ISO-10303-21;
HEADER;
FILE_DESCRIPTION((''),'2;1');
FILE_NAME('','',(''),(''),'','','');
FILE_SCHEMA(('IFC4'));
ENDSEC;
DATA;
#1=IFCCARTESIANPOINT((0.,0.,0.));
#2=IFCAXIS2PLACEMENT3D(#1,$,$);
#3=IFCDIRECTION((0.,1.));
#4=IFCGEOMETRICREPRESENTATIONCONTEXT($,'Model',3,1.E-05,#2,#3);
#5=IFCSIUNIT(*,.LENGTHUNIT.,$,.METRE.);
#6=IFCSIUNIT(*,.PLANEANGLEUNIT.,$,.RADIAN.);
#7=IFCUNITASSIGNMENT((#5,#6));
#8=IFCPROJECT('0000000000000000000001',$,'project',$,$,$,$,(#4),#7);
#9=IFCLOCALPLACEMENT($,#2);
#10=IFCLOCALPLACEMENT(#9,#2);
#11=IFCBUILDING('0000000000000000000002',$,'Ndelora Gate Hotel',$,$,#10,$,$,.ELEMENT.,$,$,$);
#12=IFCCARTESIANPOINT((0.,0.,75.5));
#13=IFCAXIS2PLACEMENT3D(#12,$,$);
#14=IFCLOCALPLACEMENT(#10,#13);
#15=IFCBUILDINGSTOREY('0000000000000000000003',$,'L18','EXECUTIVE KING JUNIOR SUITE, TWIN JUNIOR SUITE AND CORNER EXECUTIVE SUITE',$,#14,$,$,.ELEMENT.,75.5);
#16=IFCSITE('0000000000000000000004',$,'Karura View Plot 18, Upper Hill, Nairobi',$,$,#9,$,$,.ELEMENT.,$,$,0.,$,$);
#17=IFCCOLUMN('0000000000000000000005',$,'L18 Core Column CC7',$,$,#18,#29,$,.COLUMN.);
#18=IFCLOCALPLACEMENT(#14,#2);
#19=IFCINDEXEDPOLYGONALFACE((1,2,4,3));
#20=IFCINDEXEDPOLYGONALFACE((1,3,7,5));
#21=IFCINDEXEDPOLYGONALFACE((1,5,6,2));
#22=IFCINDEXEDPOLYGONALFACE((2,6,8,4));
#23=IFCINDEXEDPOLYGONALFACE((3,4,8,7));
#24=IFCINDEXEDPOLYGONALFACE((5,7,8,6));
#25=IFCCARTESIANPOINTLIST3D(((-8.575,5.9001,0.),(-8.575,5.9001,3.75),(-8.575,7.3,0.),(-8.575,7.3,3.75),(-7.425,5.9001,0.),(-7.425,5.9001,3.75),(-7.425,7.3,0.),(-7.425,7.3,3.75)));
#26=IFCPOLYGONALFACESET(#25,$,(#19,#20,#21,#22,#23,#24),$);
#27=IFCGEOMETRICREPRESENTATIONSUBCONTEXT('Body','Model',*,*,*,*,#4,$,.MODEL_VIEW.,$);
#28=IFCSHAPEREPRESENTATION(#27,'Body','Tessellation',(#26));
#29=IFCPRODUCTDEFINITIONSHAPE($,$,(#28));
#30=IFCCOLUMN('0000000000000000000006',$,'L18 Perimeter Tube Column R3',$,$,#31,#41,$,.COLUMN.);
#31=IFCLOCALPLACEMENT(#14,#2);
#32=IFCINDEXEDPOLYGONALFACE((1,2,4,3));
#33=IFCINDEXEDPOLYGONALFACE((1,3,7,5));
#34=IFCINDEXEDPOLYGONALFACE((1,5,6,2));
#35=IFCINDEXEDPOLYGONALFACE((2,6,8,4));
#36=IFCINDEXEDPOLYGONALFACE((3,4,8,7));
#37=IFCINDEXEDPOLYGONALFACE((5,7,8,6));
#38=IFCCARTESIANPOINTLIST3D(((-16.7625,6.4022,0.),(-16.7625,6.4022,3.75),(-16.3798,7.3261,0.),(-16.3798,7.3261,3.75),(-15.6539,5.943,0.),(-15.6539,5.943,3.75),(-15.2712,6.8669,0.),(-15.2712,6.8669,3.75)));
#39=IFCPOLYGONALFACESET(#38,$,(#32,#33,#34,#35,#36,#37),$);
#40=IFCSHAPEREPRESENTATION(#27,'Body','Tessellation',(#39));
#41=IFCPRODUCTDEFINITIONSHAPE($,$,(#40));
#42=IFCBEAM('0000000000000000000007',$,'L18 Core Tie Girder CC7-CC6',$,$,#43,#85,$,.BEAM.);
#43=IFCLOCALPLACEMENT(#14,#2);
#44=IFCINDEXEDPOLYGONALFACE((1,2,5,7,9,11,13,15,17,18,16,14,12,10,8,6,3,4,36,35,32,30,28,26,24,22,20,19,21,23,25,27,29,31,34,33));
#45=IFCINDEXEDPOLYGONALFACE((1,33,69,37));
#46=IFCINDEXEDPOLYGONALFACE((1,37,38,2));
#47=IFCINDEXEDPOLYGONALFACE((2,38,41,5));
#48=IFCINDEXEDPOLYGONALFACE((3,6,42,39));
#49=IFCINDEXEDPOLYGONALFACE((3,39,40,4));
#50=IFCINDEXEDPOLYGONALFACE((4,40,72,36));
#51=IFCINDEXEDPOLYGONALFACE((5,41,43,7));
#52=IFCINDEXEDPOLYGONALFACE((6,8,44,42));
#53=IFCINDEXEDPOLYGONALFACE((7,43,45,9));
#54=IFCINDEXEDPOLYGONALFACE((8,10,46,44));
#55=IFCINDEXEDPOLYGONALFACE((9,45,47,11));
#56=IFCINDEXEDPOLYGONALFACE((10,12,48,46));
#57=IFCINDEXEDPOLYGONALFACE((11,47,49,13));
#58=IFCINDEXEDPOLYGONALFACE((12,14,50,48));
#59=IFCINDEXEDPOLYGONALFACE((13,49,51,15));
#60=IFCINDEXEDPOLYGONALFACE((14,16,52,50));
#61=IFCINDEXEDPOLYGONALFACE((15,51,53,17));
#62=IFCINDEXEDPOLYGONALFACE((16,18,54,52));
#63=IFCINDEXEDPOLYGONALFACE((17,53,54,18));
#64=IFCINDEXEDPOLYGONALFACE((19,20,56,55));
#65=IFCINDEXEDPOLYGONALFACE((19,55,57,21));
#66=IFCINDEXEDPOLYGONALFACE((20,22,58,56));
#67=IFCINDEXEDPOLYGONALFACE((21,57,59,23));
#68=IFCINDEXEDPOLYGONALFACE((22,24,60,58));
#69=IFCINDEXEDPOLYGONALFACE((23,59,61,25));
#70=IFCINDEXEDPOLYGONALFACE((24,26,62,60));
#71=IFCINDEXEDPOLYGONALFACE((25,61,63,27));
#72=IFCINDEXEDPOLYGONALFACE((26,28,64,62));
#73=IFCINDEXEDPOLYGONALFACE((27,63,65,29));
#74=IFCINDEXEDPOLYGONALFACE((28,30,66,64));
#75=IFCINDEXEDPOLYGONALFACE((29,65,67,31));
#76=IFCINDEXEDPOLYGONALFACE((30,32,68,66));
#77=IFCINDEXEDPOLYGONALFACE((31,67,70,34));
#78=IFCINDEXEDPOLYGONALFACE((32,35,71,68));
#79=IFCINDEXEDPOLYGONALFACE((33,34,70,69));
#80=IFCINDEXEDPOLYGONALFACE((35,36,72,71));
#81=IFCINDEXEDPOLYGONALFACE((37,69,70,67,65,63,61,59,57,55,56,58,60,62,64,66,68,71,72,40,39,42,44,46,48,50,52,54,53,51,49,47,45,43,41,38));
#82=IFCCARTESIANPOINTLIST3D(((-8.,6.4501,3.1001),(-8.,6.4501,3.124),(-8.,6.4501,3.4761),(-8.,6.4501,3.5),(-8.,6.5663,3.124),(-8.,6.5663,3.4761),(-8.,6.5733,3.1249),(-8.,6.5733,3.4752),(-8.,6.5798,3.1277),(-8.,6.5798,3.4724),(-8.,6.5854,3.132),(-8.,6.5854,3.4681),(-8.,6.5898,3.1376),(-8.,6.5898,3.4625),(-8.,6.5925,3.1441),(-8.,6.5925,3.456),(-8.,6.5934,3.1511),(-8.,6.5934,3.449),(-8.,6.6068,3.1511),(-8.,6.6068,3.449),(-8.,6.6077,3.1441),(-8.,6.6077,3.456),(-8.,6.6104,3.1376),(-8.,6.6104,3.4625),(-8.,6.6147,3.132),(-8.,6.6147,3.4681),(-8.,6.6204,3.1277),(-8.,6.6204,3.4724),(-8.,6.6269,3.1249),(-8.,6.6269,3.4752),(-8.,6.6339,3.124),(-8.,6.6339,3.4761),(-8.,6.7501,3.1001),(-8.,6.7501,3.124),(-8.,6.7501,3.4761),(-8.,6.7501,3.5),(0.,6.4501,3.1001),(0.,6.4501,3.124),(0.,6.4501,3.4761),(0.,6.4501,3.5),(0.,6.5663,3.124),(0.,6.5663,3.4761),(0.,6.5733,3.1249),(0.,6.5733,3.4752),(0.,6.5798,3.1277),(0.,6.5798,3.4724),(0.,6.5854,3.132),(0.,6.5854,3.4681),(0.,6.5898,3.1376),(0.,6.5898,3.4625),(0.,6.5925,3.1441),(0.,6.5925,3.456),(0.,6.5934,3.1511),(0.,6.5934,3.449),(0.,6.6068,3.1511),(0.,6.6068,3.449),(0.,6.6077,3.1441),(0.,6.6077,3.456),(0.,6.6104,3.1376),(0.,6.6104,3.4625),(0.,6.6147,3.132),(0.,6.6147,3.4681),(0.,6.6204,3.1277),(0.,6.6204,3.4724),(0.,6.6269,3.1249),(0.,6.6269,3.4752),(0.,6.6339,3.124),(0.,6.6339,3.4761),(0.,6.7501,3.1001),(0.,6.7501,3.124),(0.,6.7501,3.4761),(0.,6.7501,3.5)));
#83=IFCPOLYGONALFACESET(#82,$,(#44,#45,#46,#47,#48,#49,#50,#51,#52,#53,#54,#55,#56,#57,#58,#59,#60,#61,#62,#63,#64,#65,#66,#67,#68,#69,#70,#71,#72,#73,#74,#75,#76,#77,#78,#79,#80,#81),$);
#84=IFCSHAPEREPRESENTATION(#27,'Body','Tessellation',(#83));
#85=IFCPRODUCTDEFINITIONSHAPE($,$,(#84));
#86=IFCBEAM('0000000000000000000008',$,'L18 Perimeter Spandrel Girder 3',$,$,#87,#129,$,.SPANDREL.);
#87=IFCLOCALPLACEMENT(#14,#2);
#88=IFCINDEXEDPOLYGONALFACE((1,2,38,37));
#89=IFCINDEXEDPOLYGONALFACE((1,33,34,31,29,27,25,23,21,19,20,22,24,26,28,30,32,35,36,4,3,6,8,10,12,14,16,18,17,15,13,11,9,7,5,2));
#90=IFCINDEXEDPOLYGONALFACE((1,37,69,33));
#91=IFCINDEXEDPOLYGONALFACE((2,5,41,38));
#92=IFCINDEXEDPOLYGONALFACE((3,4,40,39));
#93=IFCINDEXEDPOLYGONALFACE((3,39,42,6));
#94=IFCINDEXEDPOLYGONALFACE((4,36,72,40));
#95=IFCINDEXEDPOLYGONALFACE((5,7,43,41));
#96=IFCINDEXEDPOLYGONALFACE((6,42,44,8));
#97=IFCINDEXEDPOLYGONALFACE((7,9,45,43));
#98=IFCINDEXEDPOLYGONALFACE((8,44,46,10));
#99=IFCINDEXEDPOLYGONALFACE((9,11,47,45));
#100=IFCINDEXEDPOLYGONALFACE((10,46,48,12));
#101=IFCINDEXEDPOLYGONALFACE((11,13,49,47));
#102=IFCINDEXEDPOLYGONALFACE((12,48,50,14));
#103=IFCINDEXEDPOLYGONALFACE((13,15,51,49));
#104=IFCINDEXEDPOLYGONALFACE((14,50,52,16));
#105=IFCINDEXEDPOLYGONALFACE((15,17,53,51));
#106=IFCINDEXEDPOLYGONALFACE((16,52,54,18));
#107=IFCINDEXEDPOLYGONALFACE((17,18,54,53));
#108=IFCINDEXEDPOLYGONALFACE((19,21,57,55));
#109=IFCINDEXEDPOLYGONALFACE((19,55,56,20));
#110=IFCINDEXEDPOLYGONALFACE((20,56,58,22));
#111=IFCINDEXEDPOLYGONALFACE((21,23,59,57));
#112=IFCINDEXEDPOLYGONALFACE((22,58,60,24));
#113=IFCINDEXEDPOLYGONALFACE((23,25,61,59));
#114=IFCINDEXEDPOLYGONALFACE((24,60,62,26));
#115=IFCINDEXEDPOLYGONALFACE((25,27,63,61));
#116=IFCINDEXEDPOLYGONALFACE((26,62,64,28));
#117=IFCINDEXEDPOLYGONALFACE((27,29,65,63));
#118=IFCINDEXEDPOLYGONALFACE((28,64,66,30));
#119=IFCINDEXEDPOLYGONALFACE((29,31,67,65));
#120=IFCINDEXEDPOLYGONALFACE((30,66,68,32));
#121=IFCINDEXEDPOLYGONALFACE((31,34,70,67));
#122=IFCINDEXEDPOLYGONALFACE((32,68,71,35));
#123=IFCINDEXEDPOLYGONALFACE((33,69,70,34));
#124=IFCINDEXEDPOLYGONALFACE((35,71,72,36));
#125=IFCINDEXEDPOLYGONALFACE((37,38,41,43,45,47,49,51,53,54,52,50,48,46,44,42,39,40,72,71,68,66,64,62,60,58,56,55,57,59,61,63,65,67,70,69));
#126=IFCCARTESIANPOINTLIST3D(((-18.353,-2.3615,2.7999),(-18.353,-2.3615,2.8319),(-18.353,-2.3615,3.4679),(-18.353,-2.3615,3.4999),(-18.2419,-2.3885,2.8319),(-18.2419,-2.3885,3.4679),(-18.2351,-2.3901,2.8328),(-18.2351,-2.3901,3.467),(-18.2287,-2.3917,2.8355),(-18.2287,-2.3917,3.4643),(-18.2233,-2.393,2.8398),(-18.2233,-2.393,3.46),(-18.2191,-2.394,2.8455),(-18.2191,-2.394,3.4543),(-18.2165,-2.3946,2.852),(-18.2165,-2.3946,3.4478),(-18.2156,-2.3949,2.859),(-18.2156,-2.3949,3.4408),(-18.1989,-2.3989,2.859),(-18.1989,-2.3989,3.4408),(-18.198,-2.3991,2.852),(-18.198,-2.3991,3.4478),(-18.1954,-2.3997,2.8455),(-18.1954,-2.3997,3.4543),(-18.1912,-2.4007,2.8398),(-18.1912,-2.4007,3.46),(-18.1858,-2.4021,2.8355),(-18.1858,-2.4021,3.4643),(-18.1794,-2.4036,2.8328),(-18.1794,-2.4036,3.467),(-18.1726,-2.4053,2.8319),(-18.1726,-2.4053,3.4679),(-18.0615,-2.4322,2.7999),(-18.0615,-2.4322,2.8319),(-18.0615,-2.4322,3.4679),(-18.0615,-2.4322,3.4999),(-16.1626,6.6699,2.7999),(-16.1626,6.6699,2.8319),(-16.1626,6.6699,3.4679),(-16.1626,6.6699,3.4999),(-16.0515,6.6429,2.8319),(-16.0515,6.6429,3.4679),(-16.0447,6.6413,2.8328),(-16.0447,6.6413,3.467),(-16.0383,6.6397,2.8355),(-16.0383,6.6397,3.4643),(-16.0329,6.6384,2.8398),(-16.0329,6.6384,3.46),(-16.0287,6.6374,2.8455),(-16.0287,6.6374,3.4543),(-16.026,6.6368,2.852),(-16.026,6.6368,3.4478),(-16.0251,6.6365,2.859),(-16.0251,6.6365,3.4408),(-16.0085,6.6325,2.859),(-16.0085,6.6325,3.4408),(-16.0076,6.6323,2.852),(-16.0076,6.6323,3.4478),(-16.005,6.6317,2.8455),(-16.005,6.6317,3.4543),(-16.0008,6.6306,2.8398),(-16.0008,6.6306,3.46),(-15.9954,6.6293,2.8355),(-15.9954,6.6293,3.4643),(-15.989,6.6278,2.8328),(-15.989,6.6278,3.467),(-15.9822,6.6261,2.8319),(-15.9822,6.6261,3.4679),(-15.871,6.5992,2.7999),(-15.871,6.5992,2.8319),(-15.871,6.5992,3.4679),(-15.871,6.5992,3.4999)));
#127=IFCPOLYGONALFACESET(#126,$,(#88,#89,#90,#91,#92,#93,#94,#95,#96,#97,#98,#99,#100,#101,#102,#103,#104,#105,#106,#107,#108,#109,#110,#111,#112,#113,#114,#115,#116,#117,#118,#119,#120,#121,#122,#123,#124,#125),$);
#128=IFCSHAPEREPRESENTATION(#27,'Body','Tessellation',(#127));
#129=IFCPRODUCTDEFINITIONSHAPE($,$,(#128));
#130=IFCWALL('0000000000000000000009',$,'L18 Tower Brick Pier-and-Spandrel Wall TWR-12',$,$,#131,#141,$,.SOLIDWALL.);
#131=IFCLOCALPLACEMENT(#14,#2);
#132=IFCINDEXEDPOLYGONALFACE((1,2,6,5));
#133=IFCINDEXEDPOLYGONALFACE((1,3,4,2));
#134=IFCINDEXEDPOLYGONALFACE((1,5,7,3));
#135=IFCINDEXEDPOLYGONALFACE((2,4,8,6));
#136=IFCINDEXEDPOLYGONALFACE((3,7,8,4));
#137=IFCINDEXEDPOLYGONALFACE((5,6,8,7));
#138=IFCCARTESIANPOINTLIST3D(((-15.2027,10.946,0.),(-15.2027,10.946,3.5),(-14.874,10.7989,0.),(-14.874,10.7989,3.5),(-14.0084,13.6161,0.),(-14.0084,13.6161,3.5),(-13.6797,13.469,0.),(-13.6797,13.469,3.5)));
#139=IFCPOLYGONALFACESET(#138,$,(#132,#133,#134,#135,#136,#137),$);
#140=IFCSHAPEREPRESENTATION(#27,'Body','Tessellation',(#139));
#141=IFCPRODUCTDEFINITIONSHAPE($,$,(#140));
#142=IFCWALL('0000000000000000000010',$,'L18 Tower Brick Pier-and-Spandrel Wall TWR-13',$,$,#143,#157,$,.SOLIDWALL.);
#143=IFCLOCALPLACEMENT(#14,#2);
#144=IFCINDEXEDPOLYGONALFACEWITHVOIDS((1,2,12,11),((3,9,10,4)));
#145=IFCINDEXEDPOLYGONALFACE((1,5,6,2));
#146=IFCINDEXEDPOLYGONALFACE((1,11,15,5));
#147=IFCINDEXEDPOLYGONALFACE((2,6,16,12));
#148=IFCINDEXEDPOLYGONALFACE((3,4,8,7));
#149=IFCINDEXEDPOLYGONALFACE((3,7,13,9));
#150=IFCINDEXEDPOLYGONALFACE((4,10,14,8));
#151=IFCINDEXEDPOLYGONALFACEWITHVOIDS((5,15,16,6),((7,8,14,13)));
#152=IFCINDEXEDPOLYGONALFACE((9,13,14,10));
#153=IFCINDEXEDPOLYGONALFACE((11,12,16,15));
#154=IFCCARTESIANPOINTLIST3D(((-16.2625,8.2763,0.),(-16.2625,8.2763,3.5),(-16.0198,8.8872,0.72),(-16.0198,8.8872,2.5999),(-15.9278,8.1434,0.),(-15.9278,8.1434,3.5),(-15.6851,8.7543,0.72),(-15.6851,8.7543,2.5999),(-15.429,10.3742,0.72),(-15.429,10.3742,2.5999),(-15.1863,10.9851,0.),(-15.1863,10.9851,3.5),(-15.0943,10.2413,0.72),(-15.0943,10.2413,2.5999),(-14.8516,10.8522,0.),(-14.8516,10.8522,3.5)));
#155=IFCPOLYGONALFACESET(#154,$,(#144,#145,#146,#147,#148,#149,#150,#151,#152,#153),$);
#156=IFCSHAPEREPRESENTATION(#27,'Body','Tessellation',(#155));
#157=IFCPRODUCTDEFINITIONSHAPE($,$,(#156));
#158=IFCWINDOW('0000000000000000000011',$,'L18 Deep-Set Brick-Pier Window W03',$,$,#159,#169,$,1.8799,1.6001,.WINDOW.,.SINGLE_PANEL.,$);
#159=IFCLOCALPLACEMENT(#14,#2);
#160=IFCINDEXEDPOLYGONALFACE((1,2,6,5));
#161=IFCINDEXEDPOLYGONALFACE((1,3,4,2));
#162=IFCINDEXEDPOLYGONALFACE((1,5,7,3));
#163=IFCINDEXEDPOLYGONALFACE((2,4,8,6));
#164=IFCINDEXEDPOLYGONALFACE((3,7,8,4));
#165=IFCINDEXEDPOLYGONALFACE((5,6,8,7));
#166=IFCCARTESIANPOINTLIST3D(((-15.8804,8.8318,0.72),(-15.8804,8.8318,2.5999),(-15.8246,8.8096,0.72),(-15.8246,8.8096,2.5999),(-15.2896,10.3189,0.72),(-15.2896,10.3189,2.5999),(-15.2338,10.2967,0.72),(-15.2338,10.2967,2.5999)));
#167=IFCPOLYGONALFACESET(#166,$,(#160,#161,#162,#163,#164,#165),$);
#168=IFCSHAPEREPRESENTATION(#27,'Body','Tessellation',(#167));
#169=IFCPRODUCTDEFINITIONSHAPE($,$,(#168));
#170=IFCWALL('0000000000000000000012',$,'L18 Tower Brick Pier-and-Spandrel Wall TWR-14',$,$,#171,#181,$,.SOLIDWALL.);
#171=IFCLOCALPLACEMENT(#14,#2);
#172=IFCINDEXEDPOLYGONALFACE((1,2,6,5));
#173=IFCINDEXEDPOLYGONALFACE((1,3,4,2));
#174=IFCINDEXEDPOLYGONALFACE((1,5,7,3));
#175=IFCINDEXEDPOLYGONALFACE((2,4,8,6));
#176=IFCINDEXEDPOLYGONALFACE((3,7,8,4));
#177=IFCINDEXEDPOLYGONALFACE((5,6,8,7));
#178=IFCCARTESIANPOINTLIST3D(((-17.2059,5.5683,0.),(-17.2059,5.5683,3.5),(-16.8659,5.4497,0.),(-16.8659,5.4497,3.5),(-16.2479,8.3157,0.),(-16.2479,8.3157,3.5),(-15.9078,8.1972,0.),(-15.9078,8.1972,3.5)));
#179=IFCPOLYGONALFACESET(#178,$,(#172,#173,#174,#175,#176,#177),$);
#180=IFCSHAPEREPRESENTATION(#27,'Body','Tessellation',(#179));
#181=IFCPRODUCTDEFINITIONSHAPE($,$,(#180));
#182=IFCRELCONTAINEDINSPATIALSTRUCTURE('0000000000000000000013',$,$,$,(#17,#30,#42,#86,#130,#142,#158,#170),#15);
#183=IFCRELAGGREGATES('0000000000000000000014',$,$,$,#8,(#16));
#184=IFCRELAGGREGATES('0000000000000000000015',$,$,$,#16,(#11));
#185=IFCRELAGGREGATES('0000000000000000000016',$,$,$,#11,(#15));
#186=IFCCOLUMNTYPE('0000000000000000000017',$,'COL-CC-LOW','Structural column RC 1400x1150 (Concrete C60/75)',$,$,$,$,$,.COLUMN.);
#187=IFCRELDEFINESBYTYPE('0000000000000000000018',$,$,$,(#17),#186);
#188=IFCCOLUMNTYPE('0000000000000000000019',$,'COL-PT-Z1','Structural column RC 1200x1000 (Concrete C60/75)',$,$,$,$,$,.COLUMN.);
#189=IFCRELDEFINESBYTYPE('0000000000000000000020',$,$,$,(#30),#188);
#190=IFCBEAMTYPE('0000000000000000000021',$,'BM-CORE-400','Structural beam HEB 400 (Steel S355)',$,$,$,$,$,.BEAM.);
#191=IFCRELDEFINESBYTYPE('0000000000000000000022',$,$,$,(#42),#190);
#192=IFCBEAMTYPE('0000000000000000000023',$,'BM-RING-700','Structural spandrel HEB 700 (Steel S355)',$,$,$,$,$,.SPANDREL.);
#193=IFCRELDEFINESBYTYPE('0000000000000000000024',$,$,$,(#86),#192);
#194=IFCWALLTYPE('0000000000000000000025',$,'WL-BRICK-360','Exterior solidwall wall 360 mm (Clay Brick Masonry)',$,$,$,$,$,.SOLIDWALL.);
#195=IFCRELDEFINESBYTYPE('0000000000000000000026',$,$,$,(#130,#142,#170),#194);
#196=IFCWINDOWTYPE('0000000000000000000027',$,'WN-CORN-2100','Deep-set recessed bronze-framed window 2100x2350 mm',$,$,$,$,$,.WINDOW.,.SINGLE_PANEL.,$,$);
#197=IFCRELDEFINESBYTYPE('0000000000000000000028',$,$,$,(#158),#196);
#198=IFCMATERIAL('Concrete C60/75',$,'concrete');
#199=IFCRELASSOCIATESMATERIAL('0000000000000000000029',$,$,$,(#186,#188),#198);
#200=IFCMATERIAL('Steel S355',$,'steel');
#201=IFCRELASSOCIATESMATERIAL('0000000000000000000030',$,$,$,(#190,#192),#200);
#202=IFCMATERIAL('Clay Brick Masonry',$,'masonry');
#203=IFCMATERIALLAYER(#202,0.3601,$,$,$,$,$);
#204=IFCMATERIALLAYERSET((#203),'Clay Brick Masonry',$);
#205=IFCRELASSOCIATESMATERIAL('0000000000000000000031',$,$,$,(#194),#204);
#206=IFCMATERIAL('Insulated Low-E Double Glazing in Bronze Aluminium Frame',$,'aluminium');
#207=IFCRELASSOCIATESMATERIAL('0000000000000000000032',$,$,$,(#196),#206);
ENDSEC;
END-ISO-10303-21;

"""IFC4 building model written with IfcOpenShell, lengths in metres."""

from ifc_helpers import new_model, si_unit, direction, frame, frame_2d, origin, origin_2d, place, context, subcontext, project, spatial, rectangle, i_section, extrude, material, layer, layer_set, material_profile, profile_set, type_object, element, fill, save


model = new_model("IFC4")

# Units and contexts
model_context = context("Model", 3, precision=1e-05, world=origin(), true_north=direction((0.0, 1.0)))
body_context = subcontext(model_context, "Body", "Model", "MODEL_VIEW")
ifc_project = project(units=[si_unit("LENGTHUNIT", "METRE"), si_unit("PLANEANGLEUNIT", "RADIAN")], contexts=[model_context])

# Site, building, storey
site_placement = place(None, origin())
site = spatial("IfcSite", under=ifc_project, at=site_placement, Name="Karura View Plot 18, Upper Hill, Nairobi", CompositionType="ELEMENT", RefElevation=0.0)
building_placement = place(site_placement, origin())
building = spatial("IfcBuilding", under=site, at=building_placement, Name="Ndelora Gate Hotel", CompositionType="ELEMENT")
storey_placement = place(building_placement, frame((0.0, 0.0, 75.5)))
storey = spatial("IfcBuildingStorey", under=building, at=storey_placement, Name="L18", Description="EXECUTIVE KING JUNIOR SUITE, TWIN JUNIOR SUITE AND CORNER EXECUTIVE SUITE", CompositionType="ELEMENT", Elevation=75.5)

# Columns
ifc_material_1 = material(Name="Concrete C60/75", Category="concrete")
ifc_material_profile_1 = material_profile(ifc_material_1, rectangle(XDim=1.1499, YDim=1.3999, at=origin_2d()), Name="RC 1400x1150")
ifc_profile_set_1 = profile_set([ifc_material_profile_1], Name="Concrete C60/75")
column_type_1 = type_object("IfcColumnType", Name="COL-CC-LOW", Description="Structural column RC 1400x1150 (Concrete C60/75)", PredefinedType="COLUMN", material=ifc_profile_set_1)
column_1_placement = place(storey_placement, frame((-8.0, 6.6001, 0.0), z_axis=(0.0, 0.0, 1.0), x_axis=(1.0, 0.0, 0.0)))
element("IfcColumn", 1, at=column_1_placement, inside=storey, type_object=column_type_1, Name="L18 Core Column CC7", PredefinedType="COLUMN", context=body_context, shape_type="SweptSolid", body=[
    extrude(rectangle(XDim=1.1499, YDim=1.3999, at=origin_2d()), origin(), (0.0, 0.0, 1.0), 3.75),
])
ifc_material_profile_2 = material_profile(ifc_material_1, rectangle(XDim=1.0, YDim=1.2, at=origin_2d()), Name="RC 1200x1000")
ifc_profile_set_2 = profile_set([ifc_material_profile_2], Name="Concrete C60/75")
column_type_2 = type_object("IfcColumnType", Name="COL-PT-Z1", Description="Structural column RC 1200x1000 (Concrete C60/75)", PredefinedType="COLUMN", material=ifc_profile_set_2)
column_2_placement = place(storey_placement, frame((-16.0168, 6.6345, 0.0), z_axis=(0.0, 0.0, 1.0), x_axis=(0.382683, 0.92388, 0.0)))
element("IfcColumn", 2, at=column_2_placement, inside=storey, type_object=column_type_2, Name="L18 Perimeter Tube Column R3", PredefinedType="COLUMN", context=body_context, shape_type="SweptSolid", body=[
    extrude(rectangle(XDim=1.0, YDim=1.2, at=origin_2d()), origin(), (0.0, 0.0, 1.0), 3.75),
])

# Beams
ifc_material_2 = material(Name="Steel S355", Category="steel")
ifc_material_profile_3 = material_profile(ifc_material_2, i_section(OverallWidth=0.3, OverallDepth=0.3999, WebThickness=0.0134, FlangeThickness=0.0239, FilletRadius=0.0271, at=origin_2d()), Name="HEB 400")
ifc_profile_set_3 = profile_set([ifc_material_profile_3], Name="Steel S355")
beam_type_1 = type_object("IfcBeamType", Name="BM-CORE-400", Description="Structural beam HEB 400 (Steel S355)", PredefinedType="BEAM", material=ifc_profile_set_3)
beam_1_placement = place(storey_placement, frame((-8.0, 6.6001, 3.3), z_axis=(1.0, 0.0, 0.0), x_axis=(0.0, 1.0, 0.0)))
element("IfcBeam", 3, at=beam_1_placement, inside=storey, type_object=beam_type_1, Name="L18 Core Tie Girder CC7-CC6", PredefinedType="BEAM", context=body_context, shape_type="SweptSolid", body=[
    extrude(i_section(OverallWidth=0.3, OverallDepth=0.3999, WebThickness=0.0134, FlangeThickness=0.0239, FilletRadius=0.0271, at=origin_2d()), origin(), (0.0, 0.0, 1.0), 8.0),
])
ifc_material_profile_4 = material_profile(ifc_material_2, i_section(OverallWidth=0.3, OverallDepth=0.7, WebThickness=0.0171, FlangeThickness=0.032, FilletRadius=0.0271, at=origin_2d()), Name="HEB 700")
ifc_profile_set_4 = profile_set([ifc_material_profile_4], Name="Steel S355")
beam_type_2 = type_object("IfcBeamType", Name="BM-RING-700", Description="Structural spandrel HEB 700 (Steel S355)", PredefinedType="SPANDREL", material=ifc_profile_set_4)
beam_2_placement = place(storey_placement, frame((-16.0168, 6.6345, 3.1499), z_axis=(-0.235699, -0.971826, 0.0), x_axis=(0.971826, -0.235699, 0.0)))
element("IfcBeam", 4, at=beam_2_placement, inside=storey, type_object=beam_type_2, Name="L18 Perimeter Spandrel Girder 3", PredefinedType="SPANDREL", context=body_context, shape_type="SweptSolid", body=[
    extrude(i_section(OverallWidth=0.3, OverallDepth=0.7, WebThickness=0.0171, FlangeThickness=0.032, FilletRadius=0.0271, at=origin_2d()), origin(), (0.0, 0.0, 1.0), 9.2932),
])

# Wall
ifc_material_3 = material(Name="Clay Brick Masonry", Category="masonry")
ifc_layer_1 = layer(ifc_material_3, 0.3601)
ifc_layer_set_1 = layer_set([ifc_layer_1], Name="Clay Brick Masonry")
wall_type_1 = type_object("IfcWallType", Name="WL-BRICK-360", Description="Exterior solidwall wall 360 mm (Clay Brick Masonry)", PredefinedType="SOLIDWALL", material=ifc_layer_set_1)
wall_1_placement = place(storey_placement, frame((-15.0383, 10.8726, 0.0), z_axis=(0.0, 0.0, 1.0), x_axis=(0.408306, 0.912845, 0.0)))
element("IfcWall", 5, at=wall_1_placement, inside=storey, type_object=wall_type_1, Name="L18 Tower Brick Pier-and-Spandrel Wall TWR-12", PredefinedType="SOLIDWALL", context=body_context, shape_type="SweptSolid", body=[
    extrude(rectangle(XDim=2.925, YDim=0.3601, at=frame_2d((1.4624, 0.0))), origin(), (0.0, 0.0, 1.0), 3.5),
])

# Wall, opening, window
wall_2_placement = place(storey_placement, frame((-16.0952, 8.2097, 0.0), z_axis=(0.0, 0.0, 1.0), x_axis=(0.369223, 0.929341, 0.0)))
wall_2 = element("IfcWall", 6, at=wall_2_placement, inside=storey, type_object=wall_type_1, Name="L18 Tower Brick Pier-and-Spandrel Wall TWR-13", PredefinedType="SOLIDWALL", context=body_context, shape_type="SweptSolid", body=[
    extrude(rectangle(XDim=2.9148, YDim=0.3601, at=frame_2d((1.4575, 0.0))), origin(), (0.0, 0.0, 1.0), 3.5),
])
opening_1_placement = place(wall_2_placement, frame((0.6575, 0.0, 0.72)))
opening_1 = element("IfcOpeningElement", 7, at=opening_1_placement, cuts=wall_2, PredefinedType="OPENING", context=body_context, shape_type="SweptSolid", body=[
    extrude(rectangle(XDim=1.6001, YDim=1.8799, at=frame_2d((0.8, 0.9399))), frame((0.0, 0.1899, 0.0), z_axis=(0.0, -1.0, 0.0), x_axis=(1.0, 0.0, 0.0)), (0.0, 0.0, 1.0), 0.3801),
])
ifc_material_4 = material(Name="Insulated Low-E Double Glazing in Bronze Aluminium Frame", Category="aluminium")
window_type = type_object("IfcWindowType", Name="WN-CORN-2100", Description="Deep-set recessed bronze-framed window 2100x2350 mm", PartitioningType="SINGLE_PANEL", PredefinedType="WINDOW", material=ifc_material_4)
window_placement = place(opening_1_placement, origin())
window = element("IfcWindow", 8, at=window_placement, inside=storey, type_object=window_type, Name="L18 Deep-Set Brick-Pier Window W03", OverallHeight=1.8799, OverallWidth=1.6001, PartitioningType="SINGLE_PANEL", PredefinedType="WINDOW", context=body_context, shape_type="SweptSolid", body=[
    extrude(rectangle(XDim=1.6001, YDim=1.8799, at=frame_2d((0.8, 0.9399))), frame((0.0, 0.03, 0.0), z_axis=(0.0, -1.0, 0.0), x_axis=(1.0, 0.0, 0.0)), (0.0, 0.0, 1.0), 0.0601),
])
fill(opening_1, window)

# Wall
wall_3_placement = place(storey_placement, frame((-17.0359, 5.509, 0.0), z_axis=(0.0, 0.0, 1.0), x_axis=(0.329263, 0.944238, 0.0)))
element("IfcWall", 9, at=wall_3_placement, inside=storey, type_object=wall_type_1, Name="L18 Tower Brick Pier-and-Spandrel Wall TWR-14", PredefinedType="SOLIDWALL", context=body_context, shape_type="SweptSolid", body=[
    extrude(rectangle(XDim=2.9097, YDim=0.3601, at=frame_2d((1.4548, 0.0))), origin(), (0.0, 0.0, 1.0), 3.5),
])

save(model, "model.ifc")
